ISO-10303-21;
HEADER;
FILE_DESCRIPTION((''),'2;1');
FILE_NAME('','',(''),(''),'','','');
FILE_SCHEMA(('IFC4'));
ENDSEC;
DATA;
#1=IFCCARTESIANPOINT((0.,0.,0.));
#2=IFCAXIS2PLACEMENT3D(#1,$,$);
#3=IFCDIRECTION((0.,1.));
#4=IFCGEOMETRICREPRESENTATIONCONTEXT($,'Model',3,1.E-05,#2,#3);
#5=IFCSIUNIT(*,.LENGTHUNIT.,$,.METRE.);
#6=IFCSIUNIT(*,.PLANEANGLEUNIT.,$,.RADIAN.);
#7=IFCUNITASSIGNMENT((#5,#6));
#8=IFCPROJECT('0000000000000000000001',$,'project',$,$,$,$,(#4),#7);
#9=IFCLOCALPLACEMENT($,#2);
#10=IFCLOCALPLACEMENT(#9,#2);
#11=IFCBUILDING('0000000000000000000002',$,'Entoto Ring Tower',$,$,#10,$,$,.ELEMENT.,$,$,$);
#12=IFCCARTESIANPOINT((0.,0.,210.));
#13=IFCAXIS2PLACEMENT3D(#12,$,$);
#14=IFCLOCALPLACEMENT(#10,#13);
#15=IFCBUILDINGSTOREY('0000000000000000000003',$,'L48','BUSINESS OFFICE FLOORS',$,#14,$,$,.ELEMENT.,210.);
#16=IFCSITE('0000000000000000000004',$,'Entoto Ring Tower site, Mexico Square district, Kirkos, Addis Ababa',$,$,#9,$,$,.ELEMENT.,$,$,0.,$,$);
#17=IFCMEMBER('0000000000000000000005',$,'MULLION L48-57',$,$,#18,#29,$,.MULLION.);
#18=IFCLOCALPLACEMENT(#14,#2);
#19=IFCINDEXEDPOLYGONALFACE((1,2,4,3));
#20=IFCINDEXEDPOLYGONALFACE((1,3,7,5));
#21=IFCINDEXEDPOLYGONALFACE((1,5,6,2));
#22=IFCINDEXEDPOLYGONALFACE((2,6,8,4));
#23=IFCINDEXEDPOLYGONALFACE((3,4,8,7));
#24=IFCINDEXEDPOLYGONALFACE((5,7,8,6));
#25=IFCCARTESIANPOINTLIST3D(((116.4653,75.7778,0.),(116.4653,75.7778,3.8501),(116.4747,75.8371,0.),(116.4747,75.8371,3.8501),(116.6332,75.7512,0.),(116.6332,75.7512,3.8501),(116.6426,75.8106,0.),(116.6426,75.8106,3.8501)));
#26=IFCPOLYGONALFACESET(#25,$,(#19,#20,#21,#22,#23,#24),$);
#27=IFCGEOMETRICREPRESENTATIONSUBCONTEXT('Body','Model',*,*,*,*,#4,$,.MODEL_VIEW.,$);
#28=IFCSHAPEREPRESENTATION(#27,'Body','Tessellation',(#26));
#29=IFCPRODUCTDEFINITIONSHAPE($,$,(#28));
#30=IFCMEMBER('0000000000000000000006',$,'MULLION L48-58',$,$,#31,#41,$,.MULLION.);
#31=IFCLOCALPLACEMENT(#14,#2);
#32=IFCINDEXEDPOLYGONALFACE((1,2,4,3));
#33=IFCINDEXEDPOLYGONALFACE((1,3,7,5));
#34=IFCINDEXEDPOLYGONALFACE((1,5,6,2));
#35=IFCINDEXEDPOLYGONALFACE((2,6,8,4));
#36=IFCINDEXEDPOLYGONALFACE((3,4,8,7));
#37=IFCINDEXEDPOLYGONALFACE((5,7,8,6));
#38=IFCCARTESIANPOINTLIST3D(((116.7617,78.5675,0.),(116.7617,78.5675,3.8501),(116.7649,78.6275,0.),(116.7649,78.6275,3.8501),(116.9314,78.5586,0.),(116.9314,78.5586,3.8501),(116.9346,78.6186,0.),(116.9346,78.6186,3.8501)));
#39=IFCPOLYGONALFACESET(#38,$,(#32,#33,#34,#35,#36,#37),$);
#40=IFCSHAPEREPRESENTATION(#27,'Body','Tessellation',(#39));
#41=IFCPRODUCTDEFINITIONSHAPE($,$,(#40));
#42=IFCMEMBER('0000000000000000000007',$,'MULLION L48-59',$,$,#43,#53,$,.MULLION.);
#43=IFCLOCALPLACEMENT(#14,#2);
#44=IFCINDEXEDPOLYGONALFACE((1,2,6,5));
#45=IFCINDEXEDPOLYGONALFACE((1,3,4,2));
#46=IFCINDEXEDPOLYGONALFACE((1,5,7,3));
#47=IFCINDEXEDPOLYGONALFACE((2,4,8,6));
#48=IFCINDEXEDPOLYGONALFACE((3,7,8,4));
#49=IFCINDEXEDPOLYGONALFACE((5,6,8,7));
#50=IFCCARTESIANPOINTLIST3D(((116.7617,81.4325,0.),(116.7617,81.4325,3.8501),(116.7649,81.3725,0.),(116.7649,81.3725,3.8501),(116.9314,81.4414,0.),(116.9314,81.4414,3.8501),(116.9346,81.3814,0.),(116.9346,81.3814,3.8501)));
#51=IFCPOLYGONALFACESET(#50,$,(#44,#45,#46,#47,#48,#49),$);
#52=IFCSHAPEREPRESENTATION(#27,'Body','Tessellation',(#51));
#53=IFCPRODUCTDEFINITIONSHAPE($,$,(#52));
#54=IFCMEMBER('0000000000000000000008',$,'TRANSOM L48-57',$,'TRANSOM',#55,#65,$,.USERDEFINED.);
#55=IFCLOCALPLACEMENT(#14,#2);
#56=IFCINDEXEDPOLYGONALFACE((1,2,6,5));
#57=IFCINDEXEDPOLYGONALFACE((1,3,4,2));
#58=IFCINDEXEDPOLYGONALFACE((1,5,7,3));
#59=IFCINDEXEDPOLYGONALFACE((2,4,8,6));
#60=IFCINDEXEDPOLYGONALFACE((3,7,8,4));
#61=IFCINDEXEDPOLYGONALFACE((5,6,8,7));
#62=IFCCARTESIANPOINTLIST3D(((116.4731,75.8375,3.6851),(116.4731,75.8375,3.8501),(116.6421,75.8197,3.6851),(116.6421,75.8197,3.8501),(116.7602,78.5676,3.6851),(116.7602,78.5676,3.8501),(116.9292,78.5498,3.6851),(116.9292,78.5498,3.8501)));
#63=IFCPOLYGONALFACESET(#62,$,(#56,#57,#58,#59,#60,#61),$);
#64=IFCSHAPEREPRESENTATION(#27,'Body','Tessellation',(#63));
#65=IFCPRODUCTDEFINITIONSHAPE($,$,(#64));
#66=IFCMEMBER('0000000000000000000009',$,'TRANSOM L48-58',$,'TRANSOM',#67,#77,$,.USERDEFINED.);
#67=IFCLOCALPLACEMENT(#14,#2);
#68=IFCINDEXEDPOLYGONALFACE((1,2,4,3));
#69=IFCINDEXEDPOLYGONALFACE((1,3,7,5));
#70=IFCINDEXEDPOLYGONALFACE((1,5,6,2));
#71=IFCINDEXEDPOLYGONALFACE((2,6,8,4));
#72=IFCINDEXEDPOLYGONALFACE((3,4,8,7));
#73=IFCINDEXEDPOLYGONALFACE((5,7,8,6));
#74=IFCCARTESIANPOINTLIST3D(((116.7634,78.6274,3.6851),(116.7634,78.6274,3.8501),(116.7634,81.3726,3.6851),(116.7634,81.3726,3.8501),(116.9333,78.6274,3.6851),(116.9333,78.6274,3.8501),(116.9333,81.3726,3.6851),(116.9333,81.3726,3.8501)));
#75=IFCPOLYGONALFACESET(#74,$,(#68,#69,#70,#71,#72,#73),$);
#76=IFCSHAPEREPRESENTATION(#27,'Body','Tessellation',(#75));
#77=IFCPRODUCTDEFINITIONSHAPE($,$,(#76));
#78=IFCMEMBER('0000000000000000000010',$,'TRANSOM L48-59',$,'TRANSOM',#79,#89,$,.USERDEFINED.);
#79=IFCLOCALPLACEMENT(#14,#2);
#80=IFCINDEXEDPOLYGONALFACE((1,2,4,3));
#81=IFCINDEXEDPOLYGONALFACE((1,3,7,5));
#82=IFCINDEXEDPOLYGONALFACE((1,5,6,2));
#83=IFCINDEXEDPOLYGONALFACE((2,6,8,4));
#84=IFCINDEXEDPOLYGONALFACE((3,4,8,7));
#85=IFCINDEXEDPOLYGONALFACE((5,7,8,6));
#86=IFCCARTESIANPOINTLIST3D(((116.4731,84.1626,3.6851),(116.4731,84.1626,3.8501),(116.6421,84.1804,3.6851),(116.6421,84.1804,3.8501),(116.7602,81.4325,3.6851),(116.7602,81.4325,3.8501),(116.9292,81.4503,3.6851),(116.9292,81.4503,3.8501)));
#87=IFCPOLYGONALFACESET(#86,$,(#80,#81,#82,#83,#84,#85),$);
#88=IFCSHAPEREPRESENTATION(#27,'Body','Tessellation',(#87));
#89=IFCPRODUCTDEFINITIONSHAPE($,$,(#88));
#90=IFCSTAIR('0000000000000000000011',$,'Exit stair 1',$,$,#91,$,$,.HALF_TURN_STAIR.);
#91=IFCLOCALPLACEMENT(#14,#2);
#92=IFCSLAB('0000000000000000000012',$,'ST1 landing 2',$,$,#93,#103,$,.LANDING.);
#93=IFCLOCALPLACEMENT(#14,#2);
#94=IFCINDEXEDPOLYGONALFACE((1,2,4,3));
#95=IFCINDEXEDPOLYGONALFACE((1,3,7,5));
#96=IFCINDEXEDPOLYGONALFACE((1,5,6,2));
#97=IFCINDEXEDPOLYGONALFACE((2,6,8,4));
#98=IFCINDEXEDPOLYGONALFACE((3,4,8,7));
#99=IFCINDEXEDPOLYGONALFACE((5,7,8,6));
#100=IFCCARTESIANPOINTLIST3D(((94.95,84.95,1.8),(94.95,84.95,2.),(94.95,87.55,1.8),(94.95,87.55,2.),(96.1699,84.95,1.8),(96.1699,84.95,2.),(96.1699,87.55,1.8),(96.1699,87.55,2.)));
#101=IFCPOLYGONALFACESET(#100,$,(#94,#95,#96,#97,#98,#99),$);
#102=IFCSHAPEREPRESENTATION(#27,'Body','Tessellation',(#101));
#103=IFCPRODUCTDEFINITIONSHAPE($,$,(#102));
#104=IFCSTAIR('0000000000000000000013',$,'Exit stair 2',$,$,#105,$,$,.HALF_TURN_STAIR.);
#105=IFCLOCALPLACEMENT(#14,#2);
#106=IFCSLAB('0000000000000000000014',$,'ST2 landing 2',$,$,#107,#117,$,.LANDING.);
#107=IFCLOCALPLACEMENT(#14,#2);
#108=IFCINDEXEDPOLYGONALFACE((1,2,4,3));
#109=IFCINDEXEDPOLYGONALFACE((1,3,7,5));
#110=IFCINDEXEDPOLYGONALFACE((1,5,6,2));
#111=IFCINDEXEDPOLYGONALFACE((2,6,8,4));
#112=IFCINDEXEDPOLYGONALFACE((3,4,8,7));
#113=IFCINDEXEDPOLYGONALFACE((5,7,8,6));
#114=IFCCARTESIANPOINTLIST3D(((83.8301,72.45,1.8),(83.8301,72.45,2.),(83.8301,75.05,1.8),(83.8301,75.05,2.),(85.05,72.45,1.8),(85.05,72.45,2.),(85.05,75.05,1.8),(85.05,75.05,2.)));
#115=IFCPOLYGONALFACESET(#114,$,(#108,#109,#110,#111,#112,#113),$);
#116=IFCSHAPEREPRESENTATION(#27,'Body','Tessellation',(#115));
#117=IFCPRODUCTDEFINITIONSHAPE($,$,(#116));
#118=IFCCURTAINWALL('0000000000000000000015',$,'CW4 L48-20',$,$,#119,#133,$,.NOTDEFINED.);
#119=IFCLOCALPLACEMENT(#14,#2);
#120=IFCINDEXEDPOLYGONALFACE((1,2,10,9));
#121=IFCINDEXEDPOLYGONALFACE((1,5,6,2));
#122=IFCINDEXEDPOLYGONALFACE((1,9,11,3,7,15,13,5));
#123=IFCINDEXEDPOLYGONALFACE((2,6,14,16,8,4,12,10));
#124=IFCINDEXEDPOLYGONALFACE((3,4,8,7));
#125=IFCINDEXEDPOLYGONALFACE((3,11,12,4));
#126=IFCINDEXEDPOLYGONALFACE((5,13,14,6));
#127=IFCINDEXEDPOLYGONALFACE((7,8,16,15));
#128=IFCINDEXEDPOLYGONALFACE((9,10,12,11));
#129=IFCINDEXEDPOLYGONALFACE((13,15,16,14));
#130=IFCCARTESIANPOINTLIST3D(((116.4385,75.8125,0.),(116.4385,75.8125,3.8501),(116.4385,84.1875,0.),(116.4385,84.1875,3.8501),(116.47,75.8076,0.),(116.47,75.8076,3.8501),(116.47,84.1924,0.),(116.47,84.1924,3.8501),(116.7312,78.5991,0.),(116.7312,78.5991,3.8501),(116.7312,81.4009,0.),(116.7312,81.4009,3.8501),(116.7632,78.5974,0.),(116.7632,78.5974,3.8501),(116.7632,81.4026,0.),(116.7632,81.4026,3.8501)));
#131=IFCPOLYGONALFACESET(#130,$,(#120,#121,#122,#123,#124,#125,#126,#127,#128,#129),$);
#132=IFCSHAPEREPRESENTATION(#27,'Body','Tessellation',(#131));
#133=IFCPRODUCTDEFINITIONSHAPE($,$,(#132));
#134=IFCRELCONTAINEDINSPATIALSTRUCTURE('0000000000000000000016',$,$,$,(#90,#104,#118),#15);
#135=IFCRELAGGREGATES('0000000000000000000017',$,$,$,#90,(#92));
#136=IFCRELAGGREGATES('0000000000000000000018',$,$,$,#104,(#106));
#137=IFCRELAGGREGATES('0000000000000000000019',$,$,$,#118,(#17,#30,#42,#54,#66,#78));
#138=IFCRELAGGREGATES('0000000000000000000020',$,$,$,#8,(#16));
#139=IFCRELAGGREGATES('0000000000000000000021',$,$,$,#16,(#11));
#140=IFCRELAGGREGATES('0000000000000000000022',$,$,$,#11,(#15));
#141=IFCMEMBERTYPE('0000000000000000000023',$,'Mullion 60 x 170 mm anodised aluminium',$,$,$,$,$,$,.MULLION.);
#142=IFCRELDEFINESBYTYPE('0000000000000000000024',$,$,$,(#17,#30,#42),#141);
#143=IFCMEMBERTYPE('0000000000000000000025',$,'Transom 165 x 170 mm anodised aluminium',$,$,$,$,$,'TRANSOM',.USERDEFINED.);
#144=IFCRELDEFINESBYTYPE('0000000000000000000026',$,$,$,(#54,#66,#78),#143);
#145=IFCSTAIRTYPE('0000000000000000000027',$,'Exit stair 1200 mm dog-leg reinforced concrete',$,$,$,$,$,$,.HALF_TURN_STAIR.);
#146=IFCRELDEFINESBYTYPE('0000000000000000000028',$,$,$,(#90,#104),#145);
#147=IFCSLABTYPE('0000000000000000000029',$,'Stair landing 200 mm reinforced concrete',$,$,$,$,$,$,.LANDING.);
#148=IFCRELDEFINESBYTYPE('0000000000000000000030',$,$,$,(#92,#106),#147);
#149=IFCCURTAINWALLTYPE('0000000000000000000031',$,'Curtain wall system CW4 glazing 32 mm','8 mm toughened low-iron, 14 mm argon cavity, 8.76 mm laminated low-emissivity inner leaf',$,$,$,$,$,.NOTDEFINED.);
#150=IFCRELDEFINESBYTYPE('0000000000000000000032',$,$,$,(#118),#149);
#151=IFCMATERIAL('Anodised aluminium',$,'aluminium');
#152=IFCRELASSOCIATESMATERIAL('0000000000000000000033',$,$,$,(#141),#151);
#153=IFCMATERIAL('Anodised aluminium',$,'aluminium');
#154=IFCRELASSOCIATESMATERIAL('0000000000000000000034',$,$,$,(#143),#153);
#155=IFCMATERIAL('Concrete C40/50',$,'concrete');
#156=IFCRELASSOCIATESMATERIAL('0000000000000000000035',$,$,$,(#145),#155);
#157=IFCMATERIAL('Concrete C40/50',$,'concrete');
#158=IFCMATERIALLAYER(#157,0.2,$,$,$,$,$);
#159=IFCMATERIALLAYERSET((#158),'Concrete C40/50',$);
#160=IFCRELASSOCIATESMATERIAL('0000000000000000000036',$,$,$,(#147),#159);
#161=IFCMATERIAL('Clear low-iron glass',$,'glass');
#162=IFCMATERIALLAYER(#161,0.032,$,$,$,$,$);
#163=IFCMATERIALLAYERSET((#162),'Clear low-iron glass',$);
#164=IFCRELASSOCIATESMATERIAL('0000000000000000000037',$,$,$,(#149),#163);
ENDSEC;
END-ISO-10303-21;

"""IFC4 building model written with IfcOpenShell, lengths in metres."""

from ifc_helpers import new_model, si_unit, direction, frame, origin, origin_2d, place, context, subcontext, project, spatial, polyline, rectangle, outline, extrude, material, layer, layer_set, material_profile, profile_set, type_object, element, aggregate, save


model = new_model("IFC4")

# Units and contexts
model_context = context("Model", 3, precision=1e-05, world=origin(), true_north=direction((0.0, 1.0)))
body_context = subcontext(model_context, "Body", "Model", "MODEL_VIEW")
ifc_project = project(units=[si_unit("LENGTHUNIT", "METRE"), si_unit("PLANEANGLEUNIT", "RADIAN")], contexts=[model_context])

# Members
ifc_material_1 = material(Name="Anodised aluminium", Category="aluminium")
ifc_material_profile_1 = material_profile(ifc_material_1, rectangle(XDim=0.0601, YDim=0.1699, at=origin_2d()), Name="Mullion 60 x 170 mm anodised aluminium")
ifc_profile_set_1 = profile_set([ifc_material_profile_1], Name="Anodised aluminium")
member_type_1 = type_object("IfcMemberType", Name="Mullion 60 x 170 mm anodised aluminium", PredefinedType="MULLION", material=ifc_profile_set_1)
site_placement = place(None, origin())
building_placement = place(site_placement, origin())
storey_placement = place(building_placement, frame((0.0, 0.0, 210.0)))
member_1_placement = place(storey_placement, frame((116.554, 75.7942, 0.0), z_axis=(0.0, 0.0, 1.0), x_axis=(0.156434, 0.987688, 0.0)))
member_1 = element("IfcMember", 1, at=member_1_placement, type_object=member_type_1, Name="MULLION L48-57", PredefinedType="MULLION", context=body_context, shape_type="SweptSolid", body=[
    extrude(rectangle(XDim=0.0601, YDim=0.1699, at=origin_2d()), origin(), (0.0, 0.0, 1.0), 3.8501),
])
member_2_placement = place(storey_placement, frame((116.8481, 78.593, 0.0), z_axis=(0.0, 0.0, 1.0), x_axis=(0.052336, 0.99863, 0.0)))
member_2 = element("IfcMember", 2, at=member_2_placement, type_object=member_type_1, Name="MULLION L48-58", PredefinedType="MULLION", context=body_context, shape_type="SweptSolid", body=[
    extrude(rectangle(XDim=0.0601, YDim=0.1699, at=origin_2d()), origin(), (0.0, 0.0, 1.0), 3.8501),
])
member_3_placement = place(storey_placement, frame((116.8481, 81.407, 0.0), z_axis=(0.0, 0.0, 1.0), x_axis=(-0.052336, 0.99863, 0.0)))
member_3 = element("IfcMember", 3, at=member_3_placement, type_object=member_type_1, Name="MULLION L48-59", PredefinedType="MULLION", context=body_context, shape_type="SweptSolid", body=[
    extrude(rectangle(XDim=0.0601, YDim=0.1699, at=origin_2d()), origin(), (0.0, 0.0, 1.0), 3.8501),
])
ifc_material_2 = material(Name="Anodised aluminium", Category="aluminium")
ifc_material_profile_2 = material_profile(ifc_material_2, rectangle(XDim=0.1699, YDim=0.165, at=origin_2d()), Name="Transom 165 x 170 mm anodised aluminium")
ifc_profile_set_2 = profile_set([ifc_material_profile_2], Name="Anodised aluminium")
member_type_2 = type_object("IfcMemberType", Name="Transom 165 x 170 mm anodised aluminium", ElementType="TRANSOM", PredefinedType="USERDEFINED", material=ifc_profile_set_2)
member_4_placement = place(storey_placement, frame((116.5576, 75.8286, 3.7676), z_axis=(0.104592, 0.994515, 0.0), x_axis=(-0.994515, 0.104592, 0.0)))
member_4 = element("IfcMember", 4, at=member_4_placement, type_object=member_type_2, Name="TRANSOM L48-57", ObjectType="TRANSOM", PredefinedType="USERDEFINED", context=body_context, shape_type="SweptSolid", body=[
    extrude(rectangle(XDim=0.1699, YDim=0.165, at=origin_2d()), origin(), (0.0, 0.0, 1.0), 2.7451),
])
member_5_placement = place(storey_placement, frame((116.8484, 78.6274, 3.7676), z_axis=(0.0, 1.0, 0.0), x_axis=(-1.0, 0.0, 0.0)))
member_5 = element("IfcMember", 5, at=member_5_placement, type_object=member_type_2, Name="TRANSOM L48-58", ObjectType="TRANSOM", PredefinedType="USERDEFINED", context=body_context, shape_type="SweptSolid", body=[
    extrude(rectangle(XDim=0.1699, YDim=0.165, at=origin_2d()), origin(), (0.0, 0.0, 1.0), 2.7451),
])
member_6_placement = place(storey_placement, frame((116.8447, 81.4414, 3.7676), z_axis=(-0.104592, 0.994515, 0.0), x_axis=(-0.994515, -0.104592, 0.0)))
member_6 = element("IfcMember", 6, at=member_6_placement, type_object=member_type_2, Name="TRANSOM L48-59", ObjectType="TRANSOM", PredefinedType="USERDEFINED", context=body_context, shape_type="SweptSolid", body=[
    extrude(rectangle(XDim=0.1699, YDim=0.165, at=origin_2d()), origin(), (0.0, 0.0, 1.0), 2.7451),
])

# Site, building, storey
site = spatial("IfcSite", under=ifc_project, at=site_placement, Name="Entoto Ring Tower site, Mexico Square district, Kirkos, Addis Ababa", CompositionType="ELEMENT", RefElevation=0.0)
building = spatial("IfcBuilding", under=site, at=building_placement, Name="Entoto Ring Tower", CompositionType="ELEMENT")
storey = spatial("IfcBuildingStorey", under=building, at=storey_placement, Name="L48", Description="BUSINESS OFFICE FLOORS", CompositionType="ELEMENT", Elevation=210.0)

# Stairs, slabs
ifc_material_3 = material(Name="Concrete C40/50", Category="concrete")
stair_type = type_object("IfcStairType", Name="Exit stair 1200 mm dog-leg reinforced concrete", PredefinedType="HALF_TURN_STAIR", material=ifc_material_3)
stair_1_placement = place(storey_placement, origin())
stair_1 = element("IfcStair", 7, at=stair_1_placement, inside=storey, type_object=stair_type, Name="Exit stair 1", PredefinedType="HALF_TURN_STAIR")
ifc_material_4 = material(Name="Concrete C40/50", Category="concrete")
ifc_layer_1 = layer(ifc_material_4, 0.2)
ifc_layer_set_1 = layer_set([ifc_layer_1], Name="Concrete C40/50")
slab_type = type_object("IfcSlabType", Name="Stair landing 200 mm reinforced concrete", PredefinedType="LANDING", material=ifc_layer_set_1)
slab_1_placement = place(storey_placement, frame((0.0, 0.0, 1.8)))
slab_1 = element("IfcSlab", 8, at=slab_1_placement, type_object=slab_type, Name="ST1 landing 2", PredefinedType="LANDING", context=body_context, shape_type="SweptSolid", body=[
    extrude(outline(polyline([(94.95, 84.95), (96.1699, 84.95), (96.1699, 87.55), (94.95, 87.55), (94.95, 84.95)])), origin(), (0.0, 0.0, 1.0), 0.2),
])
aggregate(stair_1, [slab_1])
stair_2_placement = place(storey_placement, origin())
stair_2 = element("IfcStair", 9, at=stair_2_placement, inside=storey, type_object=stair_type, Name="Exit stair 2", PredefinedType="HALF_TURN_STAIR")
slab_2_placement = place(storey_placement, frame((0.0, 0.0, 1.8)))
slab_2 = element("IfcSlab", 10, at=slab_2_placement, type_object=slab_type, Name="ST2 landing 2", PredefinedType="LANDING", context=body_context, shape_type="SweptSolid", body=[
    extrude(outline(polyline([(83.8301, 72.45), (85.05, 72.45), (85.05, 75.05), (83.8301, 75.05), (83.8301, 72.45)])), origin(), (0.0, 0.0, 1.0), 0.2),
])
aggregate(stair_2, [slab_2])

# Curtain wall
ifc_material_5 = material(Name="Clear low-iron glass", Category="glass")
ifc_layer_2 = layer(ifc_material_5, 0.032)
ifc_layer_set_2 = layer_set([ifc_layer_2], Name="Clear low-iron glass")
curtain_wall_type = type_object("IfcCurtainWallType", Name="Curtain wall system CW4 glazing 32 mm", Description="8 mm toughened low-iron, 14 mm argon cavity, 8.76 mm laminated low-emissivity inner leaf", PredefinedType="NOTDEFINED", material=ifc_layer_set_2)
curtain_wall_1_placement = place(storey_placement, origin())
curtain_wall_1 = element("IfcCurtainWall", 11, at=curtain_wall_1_placement, inside=storey, type_object=curtain_wall_type, Name="CW4 L48-20", PredefinedType="NOTDEFINED", context=body_context, shape_type="SweptSolid", body=[
    extrude(outline(polyline([(116.47, 75.8076), (116.7632, 78.5974), (116.7632, 81.4026), (116.47, 84.1924), (116.4385, 84.1875), (116.7312, 81.4009), (116.7312, 78.5991), (116.4385, 75.8125), (116.47, 75.8076)])), origin(), (0.0, 0.0, 1.0), 3.8501),
])
aggregate(curtain_wall_1, [member_1, member_2, member_3, member_4, member_5, member_6])

save(model, "model.ifc")
